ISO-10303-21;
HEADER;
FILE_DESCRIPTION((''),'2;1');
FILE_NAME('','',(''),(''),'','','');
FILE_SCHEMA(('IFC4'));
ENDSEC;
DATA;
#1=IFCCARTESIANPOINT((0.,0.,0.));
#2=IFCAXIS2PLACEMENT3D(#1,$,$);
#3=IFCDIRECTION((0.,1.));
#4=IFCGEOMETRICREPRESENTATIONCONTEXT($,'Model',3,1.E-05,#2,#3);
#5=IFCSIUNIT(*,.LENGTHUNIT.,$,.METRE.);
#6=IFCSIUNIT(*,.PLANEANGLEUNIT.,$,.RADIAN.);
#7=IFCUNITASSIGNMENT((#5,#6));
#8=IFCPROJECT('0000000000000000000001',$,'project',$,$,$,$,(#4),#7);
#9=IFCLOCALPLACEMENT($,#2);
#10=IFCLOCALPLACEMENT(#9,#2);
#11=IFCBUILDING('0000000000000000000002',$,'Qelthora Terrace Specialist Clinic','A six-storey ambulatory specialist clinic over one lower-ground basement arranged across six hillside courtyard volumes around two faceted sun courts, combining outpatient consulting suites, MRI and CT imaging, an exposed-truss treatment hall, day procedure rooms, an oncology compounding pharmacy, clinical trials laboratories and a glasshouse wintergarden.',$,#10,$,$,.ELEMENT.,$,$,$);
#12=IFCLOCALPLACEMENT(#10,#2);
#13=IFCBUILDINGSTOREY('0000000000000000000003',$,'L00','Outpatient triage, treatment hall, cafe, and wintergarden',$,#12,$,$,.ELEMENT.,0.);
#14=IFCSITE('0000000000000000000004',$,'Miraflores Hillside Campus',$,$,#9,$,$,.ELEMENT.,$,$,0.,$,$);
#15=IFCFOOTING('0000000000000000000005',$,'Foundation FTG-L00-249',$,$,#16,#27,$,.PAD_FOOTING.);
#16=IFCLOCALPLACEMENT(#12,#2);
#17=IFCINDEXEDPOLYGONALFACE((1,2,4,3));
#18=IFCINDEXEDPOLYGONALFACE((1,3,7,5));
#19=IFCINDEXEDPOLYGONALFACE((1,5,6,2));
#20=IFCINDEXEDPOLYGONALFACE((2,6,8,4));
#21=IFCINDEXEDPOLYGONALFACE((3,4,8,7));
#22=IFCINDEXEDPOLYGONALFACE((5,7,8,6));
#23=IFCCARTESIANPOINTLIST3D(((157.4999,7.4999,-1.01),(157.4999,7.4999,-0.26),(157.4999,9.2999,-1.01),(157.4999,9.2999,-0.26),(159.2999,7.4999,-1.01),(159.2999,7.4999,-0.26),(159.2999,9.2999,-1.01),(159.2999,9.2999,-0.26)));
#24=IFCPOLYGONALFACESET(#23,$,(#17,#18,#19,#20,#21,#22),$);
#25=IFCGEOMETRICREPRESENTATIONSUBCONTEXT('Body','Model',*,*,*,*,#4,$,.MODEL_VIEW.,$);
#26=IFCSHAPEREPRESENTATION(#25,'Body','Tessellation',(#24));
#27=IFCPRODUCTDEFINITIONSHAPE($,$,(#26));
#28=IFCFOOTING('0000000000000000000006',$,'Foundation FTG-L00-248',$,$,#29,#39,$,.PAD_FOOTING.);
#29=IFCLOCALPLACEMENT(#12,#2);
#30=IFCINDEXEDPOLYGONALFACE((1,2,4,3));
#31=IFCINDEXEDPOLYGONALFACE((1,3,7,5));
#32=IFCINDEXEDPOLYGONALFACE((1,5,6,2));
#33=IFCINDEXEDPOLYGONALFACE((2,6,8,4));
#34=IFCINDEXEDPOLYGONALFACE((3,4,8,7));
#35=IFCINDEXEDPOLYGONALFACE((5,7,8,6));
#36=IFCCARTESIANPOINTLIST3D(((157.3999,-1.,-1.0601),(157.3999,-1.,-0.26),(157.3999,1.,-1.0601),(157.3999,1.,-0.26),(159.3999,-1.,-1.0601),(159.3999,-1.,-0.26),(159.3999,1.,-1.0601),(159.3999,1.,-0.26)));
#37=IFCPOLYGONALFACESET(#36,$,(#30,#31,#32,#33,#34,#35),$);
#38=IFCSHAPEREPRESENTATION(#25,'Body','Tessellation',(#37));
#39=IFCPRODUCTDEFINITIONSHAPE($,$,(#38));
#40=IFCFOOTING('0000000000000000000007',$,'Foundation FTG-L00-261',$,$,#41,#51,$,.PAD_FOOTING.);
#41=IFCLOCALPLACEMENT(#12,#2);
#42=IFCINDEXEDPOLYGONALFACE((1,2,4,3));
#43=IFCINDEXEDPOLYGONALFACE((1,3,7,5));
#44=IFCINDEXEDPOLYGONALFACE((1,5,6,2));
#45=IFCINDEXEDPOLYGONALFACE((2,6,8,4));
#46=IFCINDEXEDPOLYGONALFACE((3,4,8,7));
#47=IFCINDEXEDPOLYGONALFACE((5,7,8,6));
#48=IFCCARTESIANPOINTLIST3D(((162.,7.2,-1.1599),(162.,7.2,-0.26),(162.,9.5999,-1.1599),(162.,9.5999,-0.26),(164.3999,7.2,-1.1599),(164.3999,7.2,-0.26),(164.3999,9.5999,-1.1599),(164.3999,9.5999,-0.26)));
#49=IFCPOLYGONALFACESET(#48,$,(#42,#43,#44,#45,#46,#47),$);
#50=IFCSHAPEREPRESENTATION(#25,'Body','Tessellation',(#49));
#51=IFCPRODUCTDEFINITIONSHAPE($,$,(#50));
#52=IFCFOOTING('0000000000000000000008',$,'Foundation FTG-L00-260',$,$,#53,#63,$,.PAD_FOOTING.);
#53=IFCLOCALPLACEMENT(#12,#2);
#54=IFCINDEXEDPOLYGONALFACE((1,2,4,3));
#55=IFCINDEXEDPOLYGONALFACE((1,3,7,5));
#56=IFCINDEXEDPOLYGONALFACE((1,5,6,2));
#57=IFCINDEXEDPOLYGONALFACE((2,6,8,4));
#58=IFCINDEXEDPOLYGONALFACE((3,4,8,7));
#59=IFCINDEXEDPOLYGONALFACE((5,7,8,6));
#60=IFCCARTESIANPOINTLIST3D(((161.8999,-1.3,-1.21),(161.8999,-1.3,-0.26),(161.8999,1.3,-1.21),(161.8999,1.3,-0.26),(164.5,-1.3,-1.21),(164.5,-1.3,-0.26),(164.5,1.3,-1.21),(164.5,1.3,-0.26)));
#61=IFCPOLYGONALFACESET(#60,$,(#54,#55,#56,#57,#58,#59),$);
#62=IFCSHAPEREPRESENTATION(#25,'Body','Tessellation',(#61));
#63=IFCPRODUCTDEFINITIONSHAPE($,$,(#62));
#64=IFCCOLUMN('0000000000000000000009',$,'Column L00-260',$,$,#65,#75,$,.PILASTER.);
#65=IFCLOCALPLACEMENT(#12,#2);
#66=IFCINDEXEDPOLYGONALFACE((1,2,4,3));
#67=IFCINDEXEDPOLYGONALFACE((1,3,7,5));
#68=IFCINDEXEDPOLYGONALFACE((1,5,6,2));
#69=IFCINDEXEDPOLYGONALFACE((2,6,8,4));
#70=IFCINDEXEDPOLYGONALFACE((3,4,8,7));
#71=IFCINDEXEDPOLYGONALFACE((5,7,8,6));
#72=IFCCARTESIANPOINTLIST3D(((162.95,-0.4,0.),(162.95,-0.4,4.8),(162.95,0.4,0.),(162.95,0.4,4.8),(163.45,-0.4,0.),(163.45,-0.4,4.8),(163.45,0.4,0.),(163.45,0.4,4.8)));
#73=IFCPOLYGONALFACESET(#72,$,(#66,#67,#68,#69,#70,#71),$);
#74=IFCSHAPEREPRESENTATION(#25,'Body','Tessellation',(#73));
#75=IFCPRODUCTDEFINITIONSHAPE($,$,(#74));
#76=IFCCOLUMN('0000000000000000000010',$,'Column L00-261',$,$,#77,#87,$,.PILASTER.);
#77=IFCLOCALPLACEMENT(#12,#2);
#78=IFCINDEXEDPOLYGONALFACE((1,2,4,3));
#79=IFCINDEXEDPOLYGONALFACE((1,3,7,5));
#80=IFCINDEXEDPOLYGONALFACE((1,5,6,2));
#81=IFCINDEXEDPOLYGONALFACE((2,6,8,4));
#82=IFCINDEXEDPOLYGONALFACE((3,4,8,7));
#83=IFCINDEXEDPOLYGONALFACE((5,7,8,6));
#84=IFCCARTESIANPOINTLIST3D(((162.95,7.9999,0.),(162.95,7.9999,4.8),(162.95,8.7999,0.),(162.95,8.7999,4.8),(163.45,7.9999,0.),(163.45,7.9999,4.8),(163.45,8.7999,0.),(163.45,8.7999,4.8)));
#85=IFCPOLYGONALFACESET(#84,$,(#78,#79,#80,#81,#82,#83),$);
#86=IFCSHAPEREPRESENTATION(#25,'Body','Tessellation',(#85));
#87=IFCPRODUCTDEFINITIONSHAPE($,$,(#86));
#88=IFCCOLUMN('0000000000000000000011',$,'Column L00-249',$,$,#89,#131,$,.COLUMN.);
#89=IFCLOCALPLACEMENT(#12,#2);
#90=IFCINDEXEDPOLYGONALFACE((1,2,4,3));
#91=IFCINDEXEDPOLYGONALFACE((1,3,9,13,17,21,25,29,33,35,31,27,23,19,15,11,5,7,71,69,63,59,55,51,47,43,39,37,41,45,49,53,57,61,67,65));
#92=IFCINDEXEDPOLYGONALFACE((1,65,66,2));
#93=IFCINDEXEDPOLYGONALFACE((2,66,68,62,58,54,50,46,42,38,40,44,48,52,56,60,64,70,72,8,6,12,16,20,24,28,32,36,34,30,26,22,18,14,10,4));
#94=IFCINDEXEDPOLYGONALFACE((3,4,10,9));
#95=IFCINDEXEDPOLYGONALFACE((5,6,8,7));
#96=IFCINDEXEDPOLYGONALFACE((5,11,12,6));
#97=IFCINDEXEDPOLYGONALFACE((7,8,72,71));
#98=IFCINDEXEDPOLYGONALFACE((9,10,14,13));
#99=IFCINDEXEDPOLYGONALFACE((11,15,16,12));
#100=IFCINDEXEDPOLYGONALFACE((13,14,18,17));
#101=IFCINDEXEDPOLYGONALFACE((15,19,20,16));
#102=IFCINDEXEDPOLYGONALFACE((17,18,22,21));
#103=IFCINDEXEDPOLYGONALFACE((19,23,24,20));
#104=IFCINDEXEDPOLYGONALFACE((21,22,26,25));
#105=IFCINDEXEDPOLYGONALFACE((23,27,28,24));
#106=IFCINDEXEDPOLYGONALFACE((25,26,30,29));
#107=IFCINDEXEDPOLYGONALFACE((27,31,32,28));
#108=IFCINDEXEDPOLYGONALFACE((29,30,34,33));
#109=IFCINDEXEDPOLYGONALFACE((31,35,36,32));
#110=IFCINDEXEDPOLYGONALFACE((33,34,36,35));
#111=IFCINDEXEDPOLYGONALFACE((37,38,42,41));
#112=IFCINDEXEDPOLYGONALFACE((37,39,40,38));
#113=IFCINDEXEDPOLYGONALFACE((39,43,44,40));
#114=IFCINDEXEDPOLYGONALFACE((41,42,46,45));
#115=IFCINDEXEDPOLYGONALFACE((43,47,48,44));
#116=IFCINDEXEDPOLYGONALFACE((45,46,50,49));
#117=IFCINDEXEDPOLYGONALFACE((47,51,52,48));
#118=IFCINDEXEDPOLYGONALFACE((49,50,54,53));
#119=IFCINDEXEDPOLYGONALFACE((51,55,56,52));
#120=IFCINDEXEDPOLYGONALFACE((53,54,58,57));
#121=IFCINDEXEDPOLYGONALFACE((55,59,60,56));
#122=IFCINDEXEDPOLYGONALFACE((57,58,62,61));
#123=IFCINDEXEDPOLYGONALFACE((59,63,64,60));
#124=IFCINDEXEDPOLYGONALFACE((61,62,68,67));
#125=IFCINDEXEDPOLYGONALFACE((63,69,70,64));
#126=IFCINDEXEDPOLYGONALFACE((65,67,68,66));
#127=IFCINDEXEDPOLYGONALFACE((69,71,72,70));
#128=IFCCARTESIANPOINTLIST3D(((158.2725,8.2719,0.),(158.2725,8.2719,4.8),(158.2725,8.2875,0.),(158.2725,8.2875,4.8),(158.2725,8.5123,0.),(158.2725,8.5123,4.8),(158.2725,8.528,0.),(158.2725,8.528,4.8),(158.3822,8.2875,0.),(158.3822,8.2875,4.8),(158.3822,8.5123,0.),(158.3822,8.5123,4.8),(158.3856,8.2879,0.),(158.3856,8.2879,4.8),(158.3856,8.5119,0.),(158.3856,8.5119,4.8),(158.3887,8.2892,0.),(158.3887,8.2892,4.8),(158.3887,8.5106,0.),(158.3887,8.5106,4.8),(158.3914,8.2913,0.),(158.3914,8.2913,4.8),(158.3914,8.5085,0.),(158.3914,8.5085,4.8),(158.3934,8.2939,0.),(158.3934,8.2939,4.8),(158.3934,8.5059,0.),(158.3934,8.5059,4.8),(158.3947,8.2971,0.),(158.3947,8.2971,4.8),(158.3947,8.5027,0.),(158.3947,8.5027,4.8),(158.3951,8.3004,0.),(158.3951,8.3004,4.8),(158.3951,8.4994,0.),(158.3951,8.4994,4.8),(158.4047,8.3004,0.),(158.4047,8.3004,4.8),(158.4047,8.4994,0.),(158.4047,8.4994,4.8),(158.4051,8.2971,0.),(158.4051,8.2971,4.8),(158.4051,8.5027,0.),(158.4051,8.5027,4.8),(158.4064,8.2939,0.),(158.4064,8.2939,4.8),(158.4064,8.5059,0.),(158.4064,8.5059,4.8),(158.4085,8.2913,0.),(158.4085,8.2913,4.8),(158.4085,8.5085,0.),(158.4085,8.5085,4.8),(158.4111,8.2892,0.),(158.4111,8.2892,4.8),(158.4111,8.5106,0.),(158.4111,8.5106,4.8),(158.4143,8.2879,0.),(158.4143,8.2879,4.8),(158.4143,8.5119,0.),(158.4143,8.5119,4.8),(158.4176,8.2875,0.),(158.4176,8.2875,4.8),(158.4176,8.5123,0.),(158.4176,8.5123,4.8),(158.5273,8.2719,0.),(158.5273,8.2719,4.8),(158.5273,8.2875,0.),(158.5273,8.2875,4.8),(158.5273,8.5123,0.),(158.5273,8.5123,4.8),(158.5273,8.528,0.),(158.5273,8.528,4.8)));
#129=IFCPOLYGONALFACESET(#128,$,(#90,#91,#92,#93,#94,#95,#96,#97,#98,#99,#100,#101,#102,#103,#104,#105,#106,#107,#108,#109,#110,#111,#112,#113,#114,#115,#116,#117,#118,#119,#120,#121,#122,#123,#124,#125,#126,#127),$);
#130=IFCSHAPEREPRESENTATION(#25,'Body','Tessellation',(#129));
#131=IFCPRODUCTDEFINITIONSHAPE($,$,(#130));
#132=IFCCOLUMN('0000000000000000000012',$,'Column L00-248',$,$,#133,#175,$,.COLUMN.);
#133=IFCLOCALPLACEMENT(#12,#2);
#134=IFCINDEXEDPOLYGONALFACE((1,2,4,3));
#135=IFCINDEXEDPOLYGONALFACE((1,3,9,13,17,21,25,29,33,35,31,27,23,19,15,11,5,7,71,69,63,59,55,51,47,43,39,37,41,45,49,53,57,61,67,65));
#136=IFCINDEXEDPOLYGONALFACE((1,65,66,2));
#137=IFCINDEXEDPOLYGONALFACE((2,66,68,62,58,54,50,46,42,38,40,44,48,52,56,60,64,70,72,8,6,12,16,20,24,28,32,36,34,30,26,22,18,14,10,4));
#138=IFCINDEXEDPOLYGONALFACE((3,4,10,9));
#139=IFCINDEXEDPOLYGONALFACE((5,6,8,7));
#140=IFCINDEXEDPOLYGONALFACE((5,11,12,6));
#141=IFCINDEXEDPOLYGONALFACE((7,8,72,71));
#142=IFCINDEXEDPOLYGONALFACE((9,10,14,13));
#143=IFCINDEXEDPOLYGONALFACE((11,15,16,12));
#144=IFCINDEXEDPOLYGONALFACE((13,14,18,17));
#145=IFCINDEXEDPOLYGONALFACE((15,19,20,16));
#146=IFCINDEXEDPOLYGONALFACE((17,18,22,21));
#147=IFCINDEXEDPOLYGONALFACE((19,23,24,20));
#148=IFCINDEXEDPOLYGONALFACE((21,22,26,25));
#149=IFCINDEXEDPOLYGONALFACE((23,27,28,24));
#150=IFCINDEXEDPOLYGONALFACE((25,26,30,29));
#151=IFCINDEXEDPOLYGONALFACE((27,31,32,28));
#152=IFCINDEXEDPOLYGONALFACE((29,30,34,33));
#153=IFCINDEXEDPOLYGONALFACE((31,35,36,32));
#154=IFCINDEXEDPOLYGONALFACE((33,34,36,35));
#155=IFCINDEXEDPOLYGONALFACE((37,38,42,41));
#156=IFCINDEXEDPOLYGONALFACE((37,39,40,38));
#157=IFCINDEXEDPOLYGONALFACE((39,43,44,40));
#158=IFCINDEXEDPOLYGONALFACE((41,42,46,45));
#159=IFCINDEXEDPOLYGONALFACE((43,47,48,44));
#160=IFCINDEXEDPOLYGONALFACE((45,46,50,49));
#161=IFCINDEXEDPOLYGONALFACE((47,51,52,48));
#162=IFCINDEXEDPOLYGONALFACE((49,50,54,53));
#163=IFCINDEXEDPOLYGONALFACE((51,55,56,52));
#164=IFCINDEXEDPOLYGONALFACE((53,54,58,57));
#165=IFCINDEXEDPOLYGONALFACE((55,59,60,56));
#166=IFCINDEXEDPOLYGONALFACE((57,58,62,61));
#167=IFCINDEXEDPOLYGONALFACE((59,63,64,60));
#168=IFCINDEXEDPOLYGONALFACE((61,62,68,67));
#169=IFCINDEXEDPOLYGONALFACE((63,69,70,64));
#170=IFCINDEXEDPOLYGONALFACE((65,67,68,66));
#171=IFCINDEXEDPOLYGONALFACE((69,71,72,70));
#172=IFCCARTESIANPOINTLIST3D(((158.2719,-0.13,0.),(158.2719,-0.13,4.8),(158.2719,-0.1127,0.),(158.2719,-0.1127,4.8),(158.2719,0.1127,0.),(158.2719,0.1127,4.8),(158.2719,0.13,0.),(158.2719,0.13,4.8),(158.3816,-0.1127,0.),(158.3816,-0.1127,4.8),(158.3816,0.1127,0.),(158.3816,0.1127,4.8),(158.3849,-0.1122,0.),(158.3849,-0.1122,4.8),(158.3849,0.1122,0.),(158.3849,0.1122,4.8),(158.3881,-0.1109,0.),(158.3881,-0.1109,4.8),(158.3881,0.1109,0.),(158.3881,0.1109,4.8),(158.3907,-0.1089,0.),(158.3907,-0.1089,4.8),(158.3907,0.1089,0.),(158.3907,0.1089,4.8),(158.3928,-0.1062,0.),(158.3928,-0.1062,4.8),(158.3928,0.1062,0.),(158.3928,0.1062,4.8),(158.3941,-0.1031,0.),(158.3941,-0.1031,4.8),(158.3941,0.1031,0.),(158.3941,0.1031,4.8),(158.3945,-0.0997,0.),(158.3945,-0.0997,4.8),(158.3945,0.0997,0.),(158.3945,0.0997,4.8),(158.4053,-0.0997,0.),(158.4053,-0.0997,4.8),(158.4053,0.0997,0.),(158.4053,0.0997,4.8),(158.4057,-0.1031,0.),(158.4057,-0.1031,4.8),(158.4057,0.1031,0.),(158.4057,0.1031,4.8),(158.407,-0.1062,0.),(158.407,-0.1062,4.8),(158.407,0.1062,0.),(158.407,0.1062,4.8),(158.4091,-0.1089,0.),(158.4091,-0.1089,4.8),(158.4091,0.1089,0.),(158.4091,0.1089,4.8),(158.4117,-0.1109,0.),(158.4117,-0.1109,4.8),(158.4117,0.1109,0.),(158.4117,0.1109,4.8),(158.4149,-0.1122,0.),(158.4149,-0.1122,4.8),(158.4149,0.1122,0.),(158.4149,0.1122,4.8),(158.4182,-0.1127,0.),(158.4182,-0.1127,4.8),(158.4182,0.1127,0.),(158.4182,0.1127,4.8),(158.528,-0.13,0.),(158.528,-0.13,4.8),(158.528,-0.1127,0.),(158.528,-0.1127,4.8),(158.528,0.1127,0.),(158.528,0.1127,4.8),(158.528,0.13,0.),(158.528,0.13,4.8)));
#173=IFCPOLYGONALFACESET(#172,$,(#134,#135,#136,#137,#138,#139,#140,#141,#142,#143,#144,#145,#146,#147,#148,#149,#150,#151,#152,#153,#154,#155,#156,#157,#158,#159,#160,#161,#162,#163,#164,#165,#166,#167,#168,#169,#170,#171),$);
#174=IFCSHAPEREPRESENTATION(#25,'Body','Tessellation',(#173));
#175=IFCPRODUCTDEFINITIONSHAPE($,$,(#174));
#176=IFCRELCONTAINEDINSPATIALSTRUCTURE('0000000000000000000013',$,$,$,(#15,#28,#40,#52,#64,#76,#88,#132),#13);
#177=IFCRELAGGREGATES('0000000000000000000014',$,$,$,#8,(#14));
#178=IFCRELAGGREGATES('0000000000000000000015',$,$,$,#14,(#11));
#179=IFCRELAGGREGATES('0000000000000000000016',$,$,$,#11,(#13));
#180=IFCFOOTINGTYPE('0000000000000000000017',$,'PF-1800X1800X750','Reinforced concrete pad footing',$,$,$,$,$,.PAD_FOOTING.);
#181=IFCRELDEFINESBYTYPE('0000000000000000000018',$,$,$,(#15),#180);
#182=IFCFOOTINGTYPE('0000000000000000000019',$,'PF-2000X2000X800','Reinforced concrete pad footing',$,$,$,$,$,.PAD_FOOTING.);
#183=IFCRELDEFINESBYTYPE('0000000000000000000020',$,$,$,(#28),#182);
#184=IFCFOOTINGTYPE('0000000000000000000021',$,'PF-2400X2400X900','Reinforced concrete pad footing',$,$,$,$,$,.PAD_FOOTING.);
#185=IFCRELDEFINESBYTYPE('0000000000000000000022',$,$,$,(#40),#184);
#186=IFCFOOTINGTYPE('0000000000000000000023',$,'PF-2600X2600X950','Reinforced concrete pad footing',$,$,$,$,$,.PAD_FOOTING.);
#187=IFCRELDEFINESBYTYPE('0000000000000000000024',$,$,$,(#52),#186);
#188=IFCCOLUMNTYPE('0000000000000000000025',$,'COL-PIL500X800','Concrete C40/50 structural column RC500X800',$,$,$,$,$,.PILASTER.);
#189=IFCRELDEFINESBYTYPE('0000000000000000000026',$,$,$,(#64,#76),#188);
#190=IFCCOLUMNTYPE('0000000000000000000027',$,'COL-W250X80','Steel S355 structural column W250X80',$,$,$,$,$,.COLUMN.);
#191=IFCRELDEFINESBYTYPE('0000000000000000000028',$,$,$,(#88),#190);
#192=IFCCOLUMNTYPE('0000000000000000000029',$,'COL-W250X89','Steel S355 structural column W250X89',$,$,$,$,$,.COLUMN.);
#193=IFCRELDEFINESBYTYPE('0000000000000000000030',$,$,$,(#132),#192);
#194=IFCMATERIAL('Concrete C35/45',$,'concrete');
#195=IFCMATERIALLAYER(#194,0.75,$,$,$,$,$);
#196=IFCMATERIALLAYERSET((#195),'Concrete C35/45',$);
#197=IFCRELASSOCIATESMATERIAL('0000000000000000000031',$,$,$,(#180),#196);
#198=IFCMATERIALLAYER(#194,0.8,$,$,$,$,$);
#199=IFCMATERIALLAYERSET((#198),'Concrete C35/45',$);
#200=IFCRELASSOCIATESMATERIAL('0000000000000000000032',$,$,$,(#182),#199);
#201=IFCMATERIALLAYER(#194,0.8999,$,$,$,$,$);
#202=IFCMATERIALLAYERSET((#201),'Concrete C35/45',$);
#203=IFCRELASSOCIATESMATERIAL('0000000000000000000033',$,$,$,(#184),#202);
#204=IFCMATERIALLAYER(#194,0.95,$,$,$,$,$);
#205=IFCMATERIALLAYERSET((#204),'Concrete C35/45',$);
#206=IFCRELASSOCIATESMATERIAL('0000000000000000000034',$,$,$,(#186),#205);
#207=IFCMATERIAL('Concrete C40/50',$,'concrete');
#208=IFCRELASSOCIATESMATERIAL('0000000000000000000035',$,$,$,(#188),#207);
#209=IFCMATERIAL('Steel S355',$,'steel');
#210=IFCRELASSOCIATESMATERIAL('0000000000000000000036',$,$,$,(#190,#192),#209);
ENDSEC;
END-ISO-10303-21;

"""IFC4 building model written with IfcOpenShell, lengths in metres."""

from ifc_helpers import new_model, si_unit, direction, frame, origin, origin_2d, place, context, subcontext, project, spatial, rectangle, i_section, extrude, material, layer, layer_set, material_profile, profile_set, type_object, element, save


model = new_model("IFC4")

# Units and contexts
model_context = context("Model", 3, precision=1e-05, world=origin(), true_north=direction((0.0, 1.0)))
body_context = subcontext(model_context, "Body", "Model", "MODEL_VIEW")
ifc_project = project(units=[si_unit("LENGTHUNIT", "METRE"), si_unit("PLANEANGLEUNIT", "RADIAN")], contexts=[model_context])

# Site, building, storey
site_placement = place(None, origin())
site = spatial("IfcSite", under=ifc_project, at=site_placement, Name="Miraflores Hillside Campus", CompositionType="ELEMENT", RefElevation=0.0)
building_placement = place(site_placement, origin())
building = spatial("IfcBuilding", under=site, at=building_placement, Name="Qelthora Terrace Specialist Clinic", Description="A six-storey ambulatory specialist clinic over one lower-ground basement arranged across six hillside courtyard volumes around two faceted sun courts, combining outpatient consulting suites, MRI and CT imaging, an exposed-truss treatment hall, day procedure rooms, an oncology compounding pharmacy, clinical trials laboratories and a glasshouse wintergarden.", CompositionType="ELEMENT")
storey_placement = place(building_placement, origin())
storey = spatial("IfcBuildingStorey", under=building, at=storey_placement, Name="L00", Description="Outpatient triage, treatment hall, cafe, and wintergarden", CompositionType="ELEMENT", Elevation=0.0)

# Footings
ifc_material_1 = material(Name="Concrete C35/45", Category="concrete")
ifc_layer_1 = layer(ifc_material_1, 0.75)
ifc_layer_set_1 = layer_set([ifc_layer_1], Name="Concrete C35/45")
footing_type_1 = type_object("IfcFootingType", Name="PF-1800X1800X750", Description="Reinforced concrete pad footing", PredefinedType="PAD_FOOTING", material=ifc_layer_set_1)
footing_1_placement = place(storey_placement, frame((158.3999, 8.3999, -1.01), z_axis=(0.0, 0.0, 1.0), x_axis=(1.0, 0.0, 0.0)))
element("IfcFooting", 1, at=footing_1_placement, inside=storey, type_object=footing_type_1, Name="Foundation FTG-L00-249", PredefinedType="PAD_FOOTING", context=body_context, shape_type="SweptSolid", body=[
    extrude(rectangle(XDim=1.8, YDim=1.8, at=origin_2d()), origin(), (0.0, 0.0, 1.0), 0.75),
])
ifc_layer_2 = layer(ifc_material_1, 0.8)
ifc_layer_set_2 = layer_set([ifc_layer_2], Name="Concrete C35/45")
footing_type_2 = type_object("IfcFootingType", Name="PF-2000X2000X800", Description="Reinforced concrete pad footing", PredefinedType="PAD_FOOTING", material=ifc_layer_set_2)
footing_2_placement = place(storey_placement, frame((158.3999, 0.0, -1.0601), z_axis=(0.0, 0.0, 1.0), x_axis=(1.0, 0.0, 0.0)))
element("IfcFooting", 2, at=footing_2_placement, inside=storey, type_object=footing_type_2, Name="Foundation FTG-L00-248", PredefinedType="PAD_FOOTING", context=body_context, shape_type="SweptSolid", body=[
    extrude(rectangle(XDim=2.0, YDim=2.0, at=origin_2d()), origin(), (0.0, 0.0, 1.0), 0.8),
])
ifc_layer_3 = layer(ifc_material_1, 0.8999)
ifc_layer_set_3 = layer_set([ifc_layer_3], Name="Concrete C35/45")
footing_type_3 = type_object("IfcFootingType", Name="PF-2400X2400X900", Description="Reinforced concrete pad footing", PredefinedType="PAD_FOOTING", material=ifc_layer_set_3)
footing_3_placement = place(storey_placement, frame((163.2, 8.3999, -1.1599), z_axis=(0.0, 0.0, 1.0), x_axis=(1.0, 0.0, 0.0)))
element("IfcFooting", 3, at=footing_3_placement, inside=storey, type_object=footing_type_3, Name="Foundation FTG-L00-261", PredefinedType="PAD_FOOTING", context=body_context, shape_type="SweptSolid", body=[
    extrude(rectangle(XDim=2.3999, YDim=2.3999, at=origin_2d()), origin(), (0.0, 0.0, 1.0), 0.8999),
])
ifc_layer_4 = layer(ifc_material_1, 0.95)
ifc_layer_set_4 = layer_set([ifc_layer_4], Name="Concrete C35/45")
footing_type_4 = type_object("IfcFootingType", Name="PF-2600X2600X950", Description="Reinforced concrete pad footing", PredefinedType="PAD_FOOTING", material=ifc_layer_set_4)
footing_4_placement = place(storey_placement, frame((163.2, 0.0, -1.21), z_axis=(0.0, 0.0, 1.0), x_axis=(1.0, 0.0, 0.0)))
element("IfcFooting", 4, at=footing_4_placement, inside=storey, type_object=footing_type_4, Name="Foundation FTG-L00-260", PredefinedType="PAD_FOOTING", context=body_context, shape_type="SweptSolid", body=[
    extrude(rectangle(XDim=2.6001, YDim=2.6001, at=origin_2d()), origin(), (0.0, 0.0, 1.0), 0.95),
])

# Columns
ifc_material_2 = material(Name="Concrete C40/50", Category="concrete")
ifc_material_profile_1 = material_profile(ifc_material_2, rectangle(XDim=0.5, YDim=0.8, at=origin_2d()), Name="RC500X800")
ifc_profile_set_1 = profile_set([ifc_material_profile_1], Name="Concrete C40/50")
column_type_1 = type_object("IfcColumnType", Name="COL-PIL500X800", Description="Concrete C40/50 structural column RC500X800", PredefinedType="PILASTER", material=ifc_profile_set_1)
for number, where, z_axis, x_axis, name in (
    (5, (163.2, 0.0, 0.0), (0.0, 0.0, 1.0), (1.0, 0.0, 0.0), "Column L00-260"),
    (6, (163.2, 8.3999, 0.0), (0.0, 0.0, 1.0), (1.0, 0.0, 0.0), "Column L00-261"),
):
    element("IfcColumn", number, at=place(storey_placement, frame(where, z_axis=z_axis, x_axis=x_axis)), inside=storey, type_object=column_type_1, Name=name, PredefinedType="PILASTER", context=body_context, shape_type="SweptSolid", body=[
        extrude(rectangle(XDim=0.5, YDim=0.8, at=origin_2d()), origin(), (0.0, 0.0, 1.0), 4.8),
    ])
ifc_material_3 = material(Name="Steel S355", Category="steel")
ifc_material_profile_2 = material_profile(ifc_material_3, i_section(OverallWidth=0.2549, OverallDepth=0.2561, WebThickness=0.0095, FlangeThickness=0.0156, FilletRadius=0.0129, at=origin_2d()), Name="W250X80")
ifc_profile_set_2 = profile_set([ifc_material_profile_2], Name="Steel S355")
column_type_2 = type_object("IfcColumnType", Name="COL-W250X80", Description="Steel S355 structural column W250X80", PredefinedType="COLUMN", material=ifc_profile_set_2)
column_1_placement = place(storey_placement, frame((158.3999, 8.3999, 0.0), z_axis=(0.0, 0.0, 1.0), x_axis=(1.0, 0.0, 0.0)))
element("IfcColumn", 7, at=column_1_placement, inside=storey, type_object=column_type_2, Name="Column L00-249", PredefinedType="COLUMN", context=body_context, shape_type="SweptSolid", body=[
    extrude(i_section(OverallWidth=0.2549, OverallDepth=0.2561, WebThickness=0.0095, FlangeThickness=0.0156, FilletRadius=0.0129, at=origin_2d()), origin(), (0.0, 0.0, 1.0), 4.8),
])
ifc_material_profile_3 = material_profile(ifc_material_3, i_section(OverallWidth=0.2561, OverallDepth=0.26, WebThickness=0.0107, FlangeThickness=0.0173, FilletRadius=0.0129, at=origin_2d()), Name="W250X89")
ifc_profile_set_3 = profile_set([ifc_material_profile_3], Name="Steel S355")
column_type_3 = type_object("IfcColumnType", Name="COL-W250X89", Description="Steel S355 structural column W250X89", PredefinedType="COLUMN", material=ifc_profile_set_3)
column_2_placement = place(storey_placement, frame((158.3999, 0.0, 0.0), z_axis=(0.0, 0.0, 1.0), x_axis=(1.0, 0.0, 0.0)))
element("IfcColumn", 8, at=column_2_placement, inside=storey, type_object=column_type_3, Name="Column L00-248", PredefinedType="COLUMN", context=body_context, shape_type="SweptSolid", body=[
    extrude(i_section(OverallWidth=0.2561, OverallDepth=0.26, WebThickness=0.0107, FlangeThickness=0.0173, FilletRadius=0.0129, at=origin_2d()), origin(), (0.0, 0.0, 1.0), 4.8),
])

save(model, "model.ifc")
